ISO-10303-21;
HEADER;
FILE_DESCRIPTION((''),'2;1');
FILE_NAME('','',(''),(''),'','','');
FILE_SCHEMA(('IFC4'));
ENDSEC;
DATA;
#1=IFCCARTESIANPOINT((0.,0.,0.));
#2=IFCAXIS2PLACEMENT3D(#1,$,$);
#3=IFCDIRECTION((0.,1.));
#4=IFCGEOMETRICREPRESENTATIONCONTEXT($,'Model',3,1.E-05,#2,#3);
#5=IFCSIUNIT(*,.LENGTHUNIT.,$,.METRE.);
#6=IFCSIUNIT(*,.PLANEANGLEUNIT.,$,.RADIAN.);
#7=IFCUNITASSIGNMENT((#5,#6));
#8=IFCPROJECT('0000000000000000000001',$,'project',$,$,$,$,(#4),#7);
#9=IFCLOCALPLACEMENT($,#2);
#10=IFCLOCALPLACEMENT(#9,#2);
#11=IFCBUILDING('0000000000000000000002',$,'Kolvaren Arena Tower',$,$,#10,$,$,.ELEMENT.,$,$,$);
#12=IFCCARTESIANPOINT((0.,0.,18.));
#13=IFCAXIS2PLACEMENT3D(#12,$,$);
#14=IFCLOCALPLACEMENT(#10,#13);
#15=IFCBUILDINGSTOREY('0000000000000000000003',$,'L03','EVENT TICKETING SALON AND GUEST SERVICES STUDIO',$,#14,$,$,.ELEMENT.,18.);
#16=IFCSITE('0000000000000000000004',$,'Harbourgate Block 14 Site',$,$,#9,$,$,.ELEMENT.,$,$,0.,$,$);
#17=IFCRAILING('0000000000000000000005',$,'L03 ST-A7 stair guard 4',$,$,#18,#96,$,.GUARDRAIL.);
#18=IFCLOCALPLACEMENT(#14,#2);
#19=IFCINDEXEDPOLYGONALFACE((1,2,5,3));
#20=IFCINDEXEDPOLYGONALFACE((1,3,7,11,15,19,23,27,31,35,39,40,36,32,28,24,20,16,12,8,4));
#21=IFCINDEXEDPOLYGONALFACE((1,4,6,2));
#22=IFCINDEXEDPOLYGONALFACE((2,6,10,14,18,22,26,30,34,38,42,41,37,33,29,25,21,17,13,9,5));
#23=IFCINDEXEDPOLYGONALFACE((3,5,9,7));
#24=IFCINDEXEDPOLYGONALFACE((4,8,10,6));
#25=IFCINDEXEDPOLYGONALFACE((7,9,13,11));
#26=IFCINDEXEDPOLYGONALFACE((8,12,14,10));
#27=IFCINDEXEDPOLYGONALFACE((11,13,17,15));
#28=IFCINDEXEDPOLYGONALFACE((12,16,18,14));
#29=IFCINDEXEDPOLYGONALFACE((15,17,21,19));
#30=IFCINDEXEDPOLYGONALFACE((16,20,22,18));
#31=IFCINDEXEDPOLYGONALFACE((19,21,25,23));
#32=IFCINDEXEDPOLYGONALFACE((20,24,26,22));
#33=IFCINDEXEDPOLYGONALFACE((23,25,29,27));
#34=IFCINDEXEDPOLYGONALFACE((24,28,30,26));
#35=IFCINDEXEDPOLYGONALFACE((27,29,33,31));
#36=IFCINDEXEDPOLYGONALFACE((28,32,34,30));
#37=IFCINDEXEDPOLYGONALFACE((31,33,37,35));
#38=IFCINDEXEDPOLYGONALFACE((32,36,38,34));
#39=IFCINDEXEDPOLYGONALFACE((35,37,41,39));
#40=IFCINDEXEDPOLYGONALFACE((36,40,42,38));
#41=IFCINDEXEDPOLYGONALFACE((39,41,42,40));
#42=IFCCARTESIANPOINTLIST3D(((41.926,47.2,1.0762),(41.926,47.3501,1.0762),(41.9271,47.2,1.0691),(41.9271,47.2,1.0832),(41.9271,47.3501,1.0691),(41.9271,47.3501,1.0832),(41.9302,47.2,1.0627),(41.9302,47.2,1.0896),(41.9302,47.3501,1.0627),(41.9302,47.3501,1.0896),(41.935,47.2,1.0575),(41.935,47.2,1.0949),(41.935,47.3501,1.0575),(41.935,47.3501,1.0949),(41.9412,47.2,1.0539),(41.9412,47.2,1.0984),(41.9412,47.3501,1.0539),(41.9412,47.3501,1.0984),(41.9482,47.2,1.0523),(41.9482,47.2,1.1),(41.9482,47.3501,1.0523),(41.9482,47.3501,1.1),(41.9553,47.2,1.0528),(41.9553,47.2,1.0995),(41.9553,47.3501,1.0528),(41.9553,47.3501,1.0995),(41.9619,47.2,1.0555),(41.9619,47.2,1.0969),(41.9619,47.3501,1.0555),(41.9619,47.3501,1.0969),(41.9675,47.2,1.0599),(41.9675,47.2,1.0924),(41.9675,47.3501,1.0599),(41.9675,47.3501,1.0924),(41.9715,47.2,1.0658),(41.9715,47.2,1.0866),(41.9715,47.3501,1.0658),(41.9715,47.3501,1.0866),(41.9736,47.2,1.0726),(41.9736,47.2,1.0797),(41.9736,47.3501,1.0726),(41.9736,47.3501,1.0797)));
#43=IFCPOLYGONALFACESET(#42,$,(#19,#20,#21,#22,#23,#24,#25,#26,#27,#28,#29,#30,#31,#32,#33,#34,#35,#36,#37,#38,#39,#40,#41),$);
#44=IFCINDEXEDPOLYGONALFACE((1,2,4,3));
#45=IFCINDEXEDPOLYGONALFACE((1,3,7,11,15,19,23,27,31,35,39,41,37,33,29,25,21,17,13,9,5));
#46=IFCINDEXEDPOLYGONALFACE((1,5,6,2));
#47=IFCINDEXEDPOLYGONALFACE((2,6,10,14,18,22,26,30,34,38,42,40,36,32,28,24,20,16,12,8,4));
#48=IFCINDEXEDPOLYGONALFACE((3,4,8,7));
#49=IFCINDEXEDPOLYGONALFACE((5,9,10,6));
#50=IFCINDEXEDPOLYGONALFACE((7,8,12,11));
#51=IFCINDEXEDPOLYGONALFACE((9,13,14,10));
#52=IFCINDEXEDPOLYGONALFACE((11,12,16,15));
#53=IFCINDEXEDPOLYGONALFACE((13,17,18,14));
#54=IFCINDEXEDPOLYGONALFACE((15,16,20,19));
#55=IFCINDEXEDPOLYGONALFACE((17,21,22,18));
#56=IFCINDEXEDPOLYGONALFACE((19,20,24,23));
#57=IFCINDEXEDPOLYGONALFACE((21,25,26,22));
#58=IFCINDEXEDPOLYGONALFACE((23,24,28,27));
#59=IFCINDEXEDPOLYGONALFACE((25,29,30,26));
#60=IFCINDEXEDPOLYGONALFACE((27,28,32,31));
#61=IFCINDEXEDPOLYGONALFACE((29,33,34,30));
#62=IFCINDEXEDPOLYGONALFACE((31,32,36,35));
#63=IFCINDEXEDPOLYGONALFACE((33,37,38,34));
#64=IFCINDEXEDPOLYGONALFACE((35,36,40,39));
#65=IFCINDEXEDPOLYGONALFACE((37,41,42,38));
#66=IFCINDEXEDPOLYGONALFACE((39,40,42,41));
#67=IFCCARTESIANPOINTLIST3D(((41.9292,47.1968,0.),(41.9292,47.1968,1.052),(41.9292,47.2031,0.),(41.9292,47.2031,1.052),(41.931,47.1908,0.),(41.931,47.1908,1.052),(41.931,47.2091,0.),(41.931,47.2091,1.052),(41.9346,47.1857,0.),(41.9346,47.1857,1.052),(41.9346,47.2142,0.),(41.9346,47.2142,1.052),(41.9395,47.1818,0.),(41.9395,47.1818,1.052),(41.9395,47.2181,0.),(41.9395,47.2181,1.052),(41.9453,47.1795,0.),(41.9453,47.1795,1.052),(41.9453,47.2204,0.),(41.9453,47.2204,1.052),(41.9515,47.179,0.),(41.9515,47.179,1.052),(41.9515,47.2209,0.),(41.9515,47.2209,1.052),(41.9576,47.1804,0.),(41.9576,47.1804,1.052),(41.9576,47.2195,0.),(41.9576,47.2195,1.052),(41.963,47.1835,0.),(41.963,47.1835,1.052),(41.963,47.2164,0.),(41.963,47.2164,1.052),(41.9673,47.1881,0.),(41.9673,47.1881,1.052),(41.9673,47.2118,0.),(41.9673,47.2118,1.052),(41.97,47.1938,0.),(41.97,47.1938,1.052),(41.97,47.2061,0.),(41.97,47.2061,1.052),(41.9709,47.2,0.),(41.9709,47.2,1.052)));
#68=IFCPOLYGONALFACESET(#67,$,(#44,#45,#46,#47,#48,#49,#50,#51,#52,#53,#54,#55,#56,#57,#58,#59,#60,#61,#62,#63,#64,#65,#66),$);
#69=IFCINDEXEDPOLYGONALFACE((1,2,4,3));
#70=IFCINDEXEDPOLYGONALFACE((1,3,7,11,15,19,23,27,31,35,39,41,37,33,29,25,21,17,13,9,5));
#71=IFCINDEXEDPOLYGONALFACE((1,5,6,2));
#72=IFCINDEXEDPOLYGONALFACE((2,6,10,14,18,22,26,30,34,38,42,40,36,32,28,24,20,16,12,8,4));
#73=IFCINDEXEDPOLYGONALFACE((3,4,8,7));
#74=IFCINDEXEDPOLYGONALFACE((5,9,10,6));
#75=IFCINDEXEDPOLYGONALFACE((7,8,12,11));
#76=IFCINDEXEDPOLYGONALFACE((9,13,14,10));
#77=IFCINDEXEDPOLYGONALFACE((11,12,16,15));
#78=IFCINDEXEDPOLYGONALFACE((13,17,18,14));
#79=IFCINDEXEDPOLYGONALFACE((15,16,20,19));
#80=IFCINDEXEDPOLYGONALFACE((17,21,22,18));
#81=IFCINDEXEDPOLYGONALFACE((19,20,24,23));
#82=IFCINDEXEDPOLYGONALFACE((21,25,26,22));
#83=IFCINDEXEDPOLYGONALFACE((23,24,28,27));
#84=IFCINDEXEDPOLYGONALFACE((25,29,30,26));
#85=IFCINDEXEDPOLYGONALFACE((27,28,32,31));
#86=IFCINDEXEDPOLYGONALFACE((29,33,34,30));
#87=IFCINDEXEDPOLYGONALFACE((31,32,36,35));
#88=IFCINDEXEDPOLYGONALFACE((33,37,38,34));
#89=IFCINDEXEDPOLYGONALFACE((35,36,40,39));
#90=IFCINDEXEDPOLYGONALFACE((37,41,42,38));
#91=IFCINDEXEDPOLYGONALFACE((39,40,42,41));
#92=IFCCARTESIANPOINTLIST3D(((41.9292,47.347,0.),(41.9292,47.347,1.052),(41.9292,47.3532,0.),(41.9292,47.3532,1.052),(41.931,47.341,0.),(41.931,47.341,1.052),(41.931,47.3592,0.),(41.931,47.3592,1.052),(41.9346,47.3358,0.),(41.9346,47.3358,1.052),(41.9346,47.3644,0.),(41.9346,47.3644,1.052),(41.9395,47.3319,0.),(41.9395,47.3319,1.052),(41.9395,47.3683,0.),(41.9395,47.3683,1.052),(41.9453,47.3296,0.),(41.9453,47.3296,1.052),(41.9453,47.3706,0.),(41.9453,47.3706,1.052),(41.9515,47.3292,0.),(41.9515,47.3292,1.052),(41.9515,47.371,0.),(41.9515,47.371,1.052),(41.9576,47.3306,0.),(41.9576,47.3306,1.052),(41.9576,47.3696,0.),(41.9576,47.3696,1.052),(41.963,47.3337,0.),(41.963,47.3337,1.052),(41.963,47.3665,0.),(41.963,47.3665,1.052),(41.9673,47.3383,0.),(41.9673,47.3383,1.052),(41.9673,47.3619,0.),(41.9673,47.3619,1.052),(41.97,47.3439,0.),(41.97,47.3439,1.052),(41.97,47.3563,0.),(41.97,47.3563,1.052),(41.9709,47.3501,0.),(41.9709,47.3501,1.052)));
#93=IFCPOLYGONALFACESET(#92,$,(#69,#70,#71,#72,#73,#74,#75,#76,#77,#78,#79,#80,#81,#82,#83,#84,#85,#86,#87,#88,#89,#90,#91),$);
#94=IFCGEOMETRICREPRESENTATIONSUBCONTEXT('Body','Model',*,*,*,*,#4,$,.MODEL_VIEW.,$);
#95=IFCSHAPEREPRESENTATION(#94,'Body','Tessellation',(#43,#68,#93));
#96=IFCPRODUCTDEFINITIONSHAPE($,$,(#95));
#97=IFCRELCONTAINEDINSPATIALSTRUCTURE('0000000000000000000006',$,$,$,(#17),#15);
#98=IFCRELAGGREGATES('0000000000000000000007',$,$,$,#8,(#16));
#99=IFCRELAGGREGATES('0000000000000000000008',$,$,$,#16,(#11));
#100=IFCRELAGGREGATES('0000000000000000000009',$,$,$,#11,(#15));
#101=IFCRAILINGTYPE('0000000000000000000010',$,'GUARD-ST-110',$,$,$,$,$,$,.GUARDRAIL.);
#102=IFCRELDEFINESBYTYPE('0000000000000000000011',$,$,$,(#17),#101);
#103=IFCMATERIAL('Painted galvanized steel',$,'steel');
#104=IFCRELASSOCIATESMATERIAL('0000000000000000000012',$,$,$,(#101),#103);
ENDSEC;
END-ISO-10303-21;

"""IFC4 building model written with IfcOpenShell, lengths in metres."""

from ifc_helpers import new_model, si_unit, direction, frame, origin, origin_2d, place, context, subcontext, project, spatial, circle, extrude, material, type_object, element, save


model = new_model("IFC4")

# Units and contexts
model_context = context("Model", 3, precision=1e-05, world=origin(), true_north=direction((0.0, 1.0)))
body_context = subcontext(model_context, "Body", "Model", "MODEL_VIEW")
ifc_project = project(units=[si_unit("LENGTHUNIT", "METRE"), si_unit("PLANEANGLEUNIT", "RADIAN")], contexts=[model_context])

# Site, building, storey
site_placement = place(None, origin())
site = spatial("IfcSite", under=ifc_project, at=site_placement, Name="Harbourgate Block 14 Site", CompositionType="ELEMENT", RefElevation=0.0)
building_placement = place(site_placement, origin())
building = spatial("IfcBuilding", under=site, at=building_placement, Name="Kolvaren Arena Tower", CompositionType="ELEMENT")
storey_placement = place(building_placement, frame((0.0, 0.0, 18.0)))
storey = spatial("IfcBuildingStorey", under=building, at=storey_placement, Name="L03", Description="EVENT TICKETING SALON AND GUEST SERVICES STUDIO", CompositionType="ELEMENT", Elevation=18.0)

# Railing
ifc_material_1 = material(Name="Painted galvanized steel", Category="steel")
railing_type_1 = type_object("IfcRailingType", Name="GUARD-ST-110", PredefinedType="GUARDRAIL", material=ifc_material_1)
railing_1_placement = place(storey_placement, frame((41.95, 47.2, 0.0)))
element("IfcRailing", 1, at=railing_1_placement, inside=storey, type_object=railing_type_1, Name="L03 ST-A7 stair guard 4", PredefinedType="GUARDRAIL", context=body_context, shape_type="SweptSolid", body=[
    extrude(circle(Radius=0.0239, at=origin_2d()), frame((0.0, 0.0, 1.0762), z_axis=(0.0, 1.0, 0.0), x_axis=(-1.0, 0.0, 0.0)), (0.0, 0.0, 1.0), 0.1501),
    extrude(circle(Radius=0.021, at=origin_2d()), origin(), (0.0, 0.0, 1.0), 1.052),
    extrude(circle(Radius=0.021, at=origin_2d()), frame((0.0, 0.1501, 0.0)), (0.0, 0.0, 1.0), 1.052),
])

save(model, "model.ifc")
